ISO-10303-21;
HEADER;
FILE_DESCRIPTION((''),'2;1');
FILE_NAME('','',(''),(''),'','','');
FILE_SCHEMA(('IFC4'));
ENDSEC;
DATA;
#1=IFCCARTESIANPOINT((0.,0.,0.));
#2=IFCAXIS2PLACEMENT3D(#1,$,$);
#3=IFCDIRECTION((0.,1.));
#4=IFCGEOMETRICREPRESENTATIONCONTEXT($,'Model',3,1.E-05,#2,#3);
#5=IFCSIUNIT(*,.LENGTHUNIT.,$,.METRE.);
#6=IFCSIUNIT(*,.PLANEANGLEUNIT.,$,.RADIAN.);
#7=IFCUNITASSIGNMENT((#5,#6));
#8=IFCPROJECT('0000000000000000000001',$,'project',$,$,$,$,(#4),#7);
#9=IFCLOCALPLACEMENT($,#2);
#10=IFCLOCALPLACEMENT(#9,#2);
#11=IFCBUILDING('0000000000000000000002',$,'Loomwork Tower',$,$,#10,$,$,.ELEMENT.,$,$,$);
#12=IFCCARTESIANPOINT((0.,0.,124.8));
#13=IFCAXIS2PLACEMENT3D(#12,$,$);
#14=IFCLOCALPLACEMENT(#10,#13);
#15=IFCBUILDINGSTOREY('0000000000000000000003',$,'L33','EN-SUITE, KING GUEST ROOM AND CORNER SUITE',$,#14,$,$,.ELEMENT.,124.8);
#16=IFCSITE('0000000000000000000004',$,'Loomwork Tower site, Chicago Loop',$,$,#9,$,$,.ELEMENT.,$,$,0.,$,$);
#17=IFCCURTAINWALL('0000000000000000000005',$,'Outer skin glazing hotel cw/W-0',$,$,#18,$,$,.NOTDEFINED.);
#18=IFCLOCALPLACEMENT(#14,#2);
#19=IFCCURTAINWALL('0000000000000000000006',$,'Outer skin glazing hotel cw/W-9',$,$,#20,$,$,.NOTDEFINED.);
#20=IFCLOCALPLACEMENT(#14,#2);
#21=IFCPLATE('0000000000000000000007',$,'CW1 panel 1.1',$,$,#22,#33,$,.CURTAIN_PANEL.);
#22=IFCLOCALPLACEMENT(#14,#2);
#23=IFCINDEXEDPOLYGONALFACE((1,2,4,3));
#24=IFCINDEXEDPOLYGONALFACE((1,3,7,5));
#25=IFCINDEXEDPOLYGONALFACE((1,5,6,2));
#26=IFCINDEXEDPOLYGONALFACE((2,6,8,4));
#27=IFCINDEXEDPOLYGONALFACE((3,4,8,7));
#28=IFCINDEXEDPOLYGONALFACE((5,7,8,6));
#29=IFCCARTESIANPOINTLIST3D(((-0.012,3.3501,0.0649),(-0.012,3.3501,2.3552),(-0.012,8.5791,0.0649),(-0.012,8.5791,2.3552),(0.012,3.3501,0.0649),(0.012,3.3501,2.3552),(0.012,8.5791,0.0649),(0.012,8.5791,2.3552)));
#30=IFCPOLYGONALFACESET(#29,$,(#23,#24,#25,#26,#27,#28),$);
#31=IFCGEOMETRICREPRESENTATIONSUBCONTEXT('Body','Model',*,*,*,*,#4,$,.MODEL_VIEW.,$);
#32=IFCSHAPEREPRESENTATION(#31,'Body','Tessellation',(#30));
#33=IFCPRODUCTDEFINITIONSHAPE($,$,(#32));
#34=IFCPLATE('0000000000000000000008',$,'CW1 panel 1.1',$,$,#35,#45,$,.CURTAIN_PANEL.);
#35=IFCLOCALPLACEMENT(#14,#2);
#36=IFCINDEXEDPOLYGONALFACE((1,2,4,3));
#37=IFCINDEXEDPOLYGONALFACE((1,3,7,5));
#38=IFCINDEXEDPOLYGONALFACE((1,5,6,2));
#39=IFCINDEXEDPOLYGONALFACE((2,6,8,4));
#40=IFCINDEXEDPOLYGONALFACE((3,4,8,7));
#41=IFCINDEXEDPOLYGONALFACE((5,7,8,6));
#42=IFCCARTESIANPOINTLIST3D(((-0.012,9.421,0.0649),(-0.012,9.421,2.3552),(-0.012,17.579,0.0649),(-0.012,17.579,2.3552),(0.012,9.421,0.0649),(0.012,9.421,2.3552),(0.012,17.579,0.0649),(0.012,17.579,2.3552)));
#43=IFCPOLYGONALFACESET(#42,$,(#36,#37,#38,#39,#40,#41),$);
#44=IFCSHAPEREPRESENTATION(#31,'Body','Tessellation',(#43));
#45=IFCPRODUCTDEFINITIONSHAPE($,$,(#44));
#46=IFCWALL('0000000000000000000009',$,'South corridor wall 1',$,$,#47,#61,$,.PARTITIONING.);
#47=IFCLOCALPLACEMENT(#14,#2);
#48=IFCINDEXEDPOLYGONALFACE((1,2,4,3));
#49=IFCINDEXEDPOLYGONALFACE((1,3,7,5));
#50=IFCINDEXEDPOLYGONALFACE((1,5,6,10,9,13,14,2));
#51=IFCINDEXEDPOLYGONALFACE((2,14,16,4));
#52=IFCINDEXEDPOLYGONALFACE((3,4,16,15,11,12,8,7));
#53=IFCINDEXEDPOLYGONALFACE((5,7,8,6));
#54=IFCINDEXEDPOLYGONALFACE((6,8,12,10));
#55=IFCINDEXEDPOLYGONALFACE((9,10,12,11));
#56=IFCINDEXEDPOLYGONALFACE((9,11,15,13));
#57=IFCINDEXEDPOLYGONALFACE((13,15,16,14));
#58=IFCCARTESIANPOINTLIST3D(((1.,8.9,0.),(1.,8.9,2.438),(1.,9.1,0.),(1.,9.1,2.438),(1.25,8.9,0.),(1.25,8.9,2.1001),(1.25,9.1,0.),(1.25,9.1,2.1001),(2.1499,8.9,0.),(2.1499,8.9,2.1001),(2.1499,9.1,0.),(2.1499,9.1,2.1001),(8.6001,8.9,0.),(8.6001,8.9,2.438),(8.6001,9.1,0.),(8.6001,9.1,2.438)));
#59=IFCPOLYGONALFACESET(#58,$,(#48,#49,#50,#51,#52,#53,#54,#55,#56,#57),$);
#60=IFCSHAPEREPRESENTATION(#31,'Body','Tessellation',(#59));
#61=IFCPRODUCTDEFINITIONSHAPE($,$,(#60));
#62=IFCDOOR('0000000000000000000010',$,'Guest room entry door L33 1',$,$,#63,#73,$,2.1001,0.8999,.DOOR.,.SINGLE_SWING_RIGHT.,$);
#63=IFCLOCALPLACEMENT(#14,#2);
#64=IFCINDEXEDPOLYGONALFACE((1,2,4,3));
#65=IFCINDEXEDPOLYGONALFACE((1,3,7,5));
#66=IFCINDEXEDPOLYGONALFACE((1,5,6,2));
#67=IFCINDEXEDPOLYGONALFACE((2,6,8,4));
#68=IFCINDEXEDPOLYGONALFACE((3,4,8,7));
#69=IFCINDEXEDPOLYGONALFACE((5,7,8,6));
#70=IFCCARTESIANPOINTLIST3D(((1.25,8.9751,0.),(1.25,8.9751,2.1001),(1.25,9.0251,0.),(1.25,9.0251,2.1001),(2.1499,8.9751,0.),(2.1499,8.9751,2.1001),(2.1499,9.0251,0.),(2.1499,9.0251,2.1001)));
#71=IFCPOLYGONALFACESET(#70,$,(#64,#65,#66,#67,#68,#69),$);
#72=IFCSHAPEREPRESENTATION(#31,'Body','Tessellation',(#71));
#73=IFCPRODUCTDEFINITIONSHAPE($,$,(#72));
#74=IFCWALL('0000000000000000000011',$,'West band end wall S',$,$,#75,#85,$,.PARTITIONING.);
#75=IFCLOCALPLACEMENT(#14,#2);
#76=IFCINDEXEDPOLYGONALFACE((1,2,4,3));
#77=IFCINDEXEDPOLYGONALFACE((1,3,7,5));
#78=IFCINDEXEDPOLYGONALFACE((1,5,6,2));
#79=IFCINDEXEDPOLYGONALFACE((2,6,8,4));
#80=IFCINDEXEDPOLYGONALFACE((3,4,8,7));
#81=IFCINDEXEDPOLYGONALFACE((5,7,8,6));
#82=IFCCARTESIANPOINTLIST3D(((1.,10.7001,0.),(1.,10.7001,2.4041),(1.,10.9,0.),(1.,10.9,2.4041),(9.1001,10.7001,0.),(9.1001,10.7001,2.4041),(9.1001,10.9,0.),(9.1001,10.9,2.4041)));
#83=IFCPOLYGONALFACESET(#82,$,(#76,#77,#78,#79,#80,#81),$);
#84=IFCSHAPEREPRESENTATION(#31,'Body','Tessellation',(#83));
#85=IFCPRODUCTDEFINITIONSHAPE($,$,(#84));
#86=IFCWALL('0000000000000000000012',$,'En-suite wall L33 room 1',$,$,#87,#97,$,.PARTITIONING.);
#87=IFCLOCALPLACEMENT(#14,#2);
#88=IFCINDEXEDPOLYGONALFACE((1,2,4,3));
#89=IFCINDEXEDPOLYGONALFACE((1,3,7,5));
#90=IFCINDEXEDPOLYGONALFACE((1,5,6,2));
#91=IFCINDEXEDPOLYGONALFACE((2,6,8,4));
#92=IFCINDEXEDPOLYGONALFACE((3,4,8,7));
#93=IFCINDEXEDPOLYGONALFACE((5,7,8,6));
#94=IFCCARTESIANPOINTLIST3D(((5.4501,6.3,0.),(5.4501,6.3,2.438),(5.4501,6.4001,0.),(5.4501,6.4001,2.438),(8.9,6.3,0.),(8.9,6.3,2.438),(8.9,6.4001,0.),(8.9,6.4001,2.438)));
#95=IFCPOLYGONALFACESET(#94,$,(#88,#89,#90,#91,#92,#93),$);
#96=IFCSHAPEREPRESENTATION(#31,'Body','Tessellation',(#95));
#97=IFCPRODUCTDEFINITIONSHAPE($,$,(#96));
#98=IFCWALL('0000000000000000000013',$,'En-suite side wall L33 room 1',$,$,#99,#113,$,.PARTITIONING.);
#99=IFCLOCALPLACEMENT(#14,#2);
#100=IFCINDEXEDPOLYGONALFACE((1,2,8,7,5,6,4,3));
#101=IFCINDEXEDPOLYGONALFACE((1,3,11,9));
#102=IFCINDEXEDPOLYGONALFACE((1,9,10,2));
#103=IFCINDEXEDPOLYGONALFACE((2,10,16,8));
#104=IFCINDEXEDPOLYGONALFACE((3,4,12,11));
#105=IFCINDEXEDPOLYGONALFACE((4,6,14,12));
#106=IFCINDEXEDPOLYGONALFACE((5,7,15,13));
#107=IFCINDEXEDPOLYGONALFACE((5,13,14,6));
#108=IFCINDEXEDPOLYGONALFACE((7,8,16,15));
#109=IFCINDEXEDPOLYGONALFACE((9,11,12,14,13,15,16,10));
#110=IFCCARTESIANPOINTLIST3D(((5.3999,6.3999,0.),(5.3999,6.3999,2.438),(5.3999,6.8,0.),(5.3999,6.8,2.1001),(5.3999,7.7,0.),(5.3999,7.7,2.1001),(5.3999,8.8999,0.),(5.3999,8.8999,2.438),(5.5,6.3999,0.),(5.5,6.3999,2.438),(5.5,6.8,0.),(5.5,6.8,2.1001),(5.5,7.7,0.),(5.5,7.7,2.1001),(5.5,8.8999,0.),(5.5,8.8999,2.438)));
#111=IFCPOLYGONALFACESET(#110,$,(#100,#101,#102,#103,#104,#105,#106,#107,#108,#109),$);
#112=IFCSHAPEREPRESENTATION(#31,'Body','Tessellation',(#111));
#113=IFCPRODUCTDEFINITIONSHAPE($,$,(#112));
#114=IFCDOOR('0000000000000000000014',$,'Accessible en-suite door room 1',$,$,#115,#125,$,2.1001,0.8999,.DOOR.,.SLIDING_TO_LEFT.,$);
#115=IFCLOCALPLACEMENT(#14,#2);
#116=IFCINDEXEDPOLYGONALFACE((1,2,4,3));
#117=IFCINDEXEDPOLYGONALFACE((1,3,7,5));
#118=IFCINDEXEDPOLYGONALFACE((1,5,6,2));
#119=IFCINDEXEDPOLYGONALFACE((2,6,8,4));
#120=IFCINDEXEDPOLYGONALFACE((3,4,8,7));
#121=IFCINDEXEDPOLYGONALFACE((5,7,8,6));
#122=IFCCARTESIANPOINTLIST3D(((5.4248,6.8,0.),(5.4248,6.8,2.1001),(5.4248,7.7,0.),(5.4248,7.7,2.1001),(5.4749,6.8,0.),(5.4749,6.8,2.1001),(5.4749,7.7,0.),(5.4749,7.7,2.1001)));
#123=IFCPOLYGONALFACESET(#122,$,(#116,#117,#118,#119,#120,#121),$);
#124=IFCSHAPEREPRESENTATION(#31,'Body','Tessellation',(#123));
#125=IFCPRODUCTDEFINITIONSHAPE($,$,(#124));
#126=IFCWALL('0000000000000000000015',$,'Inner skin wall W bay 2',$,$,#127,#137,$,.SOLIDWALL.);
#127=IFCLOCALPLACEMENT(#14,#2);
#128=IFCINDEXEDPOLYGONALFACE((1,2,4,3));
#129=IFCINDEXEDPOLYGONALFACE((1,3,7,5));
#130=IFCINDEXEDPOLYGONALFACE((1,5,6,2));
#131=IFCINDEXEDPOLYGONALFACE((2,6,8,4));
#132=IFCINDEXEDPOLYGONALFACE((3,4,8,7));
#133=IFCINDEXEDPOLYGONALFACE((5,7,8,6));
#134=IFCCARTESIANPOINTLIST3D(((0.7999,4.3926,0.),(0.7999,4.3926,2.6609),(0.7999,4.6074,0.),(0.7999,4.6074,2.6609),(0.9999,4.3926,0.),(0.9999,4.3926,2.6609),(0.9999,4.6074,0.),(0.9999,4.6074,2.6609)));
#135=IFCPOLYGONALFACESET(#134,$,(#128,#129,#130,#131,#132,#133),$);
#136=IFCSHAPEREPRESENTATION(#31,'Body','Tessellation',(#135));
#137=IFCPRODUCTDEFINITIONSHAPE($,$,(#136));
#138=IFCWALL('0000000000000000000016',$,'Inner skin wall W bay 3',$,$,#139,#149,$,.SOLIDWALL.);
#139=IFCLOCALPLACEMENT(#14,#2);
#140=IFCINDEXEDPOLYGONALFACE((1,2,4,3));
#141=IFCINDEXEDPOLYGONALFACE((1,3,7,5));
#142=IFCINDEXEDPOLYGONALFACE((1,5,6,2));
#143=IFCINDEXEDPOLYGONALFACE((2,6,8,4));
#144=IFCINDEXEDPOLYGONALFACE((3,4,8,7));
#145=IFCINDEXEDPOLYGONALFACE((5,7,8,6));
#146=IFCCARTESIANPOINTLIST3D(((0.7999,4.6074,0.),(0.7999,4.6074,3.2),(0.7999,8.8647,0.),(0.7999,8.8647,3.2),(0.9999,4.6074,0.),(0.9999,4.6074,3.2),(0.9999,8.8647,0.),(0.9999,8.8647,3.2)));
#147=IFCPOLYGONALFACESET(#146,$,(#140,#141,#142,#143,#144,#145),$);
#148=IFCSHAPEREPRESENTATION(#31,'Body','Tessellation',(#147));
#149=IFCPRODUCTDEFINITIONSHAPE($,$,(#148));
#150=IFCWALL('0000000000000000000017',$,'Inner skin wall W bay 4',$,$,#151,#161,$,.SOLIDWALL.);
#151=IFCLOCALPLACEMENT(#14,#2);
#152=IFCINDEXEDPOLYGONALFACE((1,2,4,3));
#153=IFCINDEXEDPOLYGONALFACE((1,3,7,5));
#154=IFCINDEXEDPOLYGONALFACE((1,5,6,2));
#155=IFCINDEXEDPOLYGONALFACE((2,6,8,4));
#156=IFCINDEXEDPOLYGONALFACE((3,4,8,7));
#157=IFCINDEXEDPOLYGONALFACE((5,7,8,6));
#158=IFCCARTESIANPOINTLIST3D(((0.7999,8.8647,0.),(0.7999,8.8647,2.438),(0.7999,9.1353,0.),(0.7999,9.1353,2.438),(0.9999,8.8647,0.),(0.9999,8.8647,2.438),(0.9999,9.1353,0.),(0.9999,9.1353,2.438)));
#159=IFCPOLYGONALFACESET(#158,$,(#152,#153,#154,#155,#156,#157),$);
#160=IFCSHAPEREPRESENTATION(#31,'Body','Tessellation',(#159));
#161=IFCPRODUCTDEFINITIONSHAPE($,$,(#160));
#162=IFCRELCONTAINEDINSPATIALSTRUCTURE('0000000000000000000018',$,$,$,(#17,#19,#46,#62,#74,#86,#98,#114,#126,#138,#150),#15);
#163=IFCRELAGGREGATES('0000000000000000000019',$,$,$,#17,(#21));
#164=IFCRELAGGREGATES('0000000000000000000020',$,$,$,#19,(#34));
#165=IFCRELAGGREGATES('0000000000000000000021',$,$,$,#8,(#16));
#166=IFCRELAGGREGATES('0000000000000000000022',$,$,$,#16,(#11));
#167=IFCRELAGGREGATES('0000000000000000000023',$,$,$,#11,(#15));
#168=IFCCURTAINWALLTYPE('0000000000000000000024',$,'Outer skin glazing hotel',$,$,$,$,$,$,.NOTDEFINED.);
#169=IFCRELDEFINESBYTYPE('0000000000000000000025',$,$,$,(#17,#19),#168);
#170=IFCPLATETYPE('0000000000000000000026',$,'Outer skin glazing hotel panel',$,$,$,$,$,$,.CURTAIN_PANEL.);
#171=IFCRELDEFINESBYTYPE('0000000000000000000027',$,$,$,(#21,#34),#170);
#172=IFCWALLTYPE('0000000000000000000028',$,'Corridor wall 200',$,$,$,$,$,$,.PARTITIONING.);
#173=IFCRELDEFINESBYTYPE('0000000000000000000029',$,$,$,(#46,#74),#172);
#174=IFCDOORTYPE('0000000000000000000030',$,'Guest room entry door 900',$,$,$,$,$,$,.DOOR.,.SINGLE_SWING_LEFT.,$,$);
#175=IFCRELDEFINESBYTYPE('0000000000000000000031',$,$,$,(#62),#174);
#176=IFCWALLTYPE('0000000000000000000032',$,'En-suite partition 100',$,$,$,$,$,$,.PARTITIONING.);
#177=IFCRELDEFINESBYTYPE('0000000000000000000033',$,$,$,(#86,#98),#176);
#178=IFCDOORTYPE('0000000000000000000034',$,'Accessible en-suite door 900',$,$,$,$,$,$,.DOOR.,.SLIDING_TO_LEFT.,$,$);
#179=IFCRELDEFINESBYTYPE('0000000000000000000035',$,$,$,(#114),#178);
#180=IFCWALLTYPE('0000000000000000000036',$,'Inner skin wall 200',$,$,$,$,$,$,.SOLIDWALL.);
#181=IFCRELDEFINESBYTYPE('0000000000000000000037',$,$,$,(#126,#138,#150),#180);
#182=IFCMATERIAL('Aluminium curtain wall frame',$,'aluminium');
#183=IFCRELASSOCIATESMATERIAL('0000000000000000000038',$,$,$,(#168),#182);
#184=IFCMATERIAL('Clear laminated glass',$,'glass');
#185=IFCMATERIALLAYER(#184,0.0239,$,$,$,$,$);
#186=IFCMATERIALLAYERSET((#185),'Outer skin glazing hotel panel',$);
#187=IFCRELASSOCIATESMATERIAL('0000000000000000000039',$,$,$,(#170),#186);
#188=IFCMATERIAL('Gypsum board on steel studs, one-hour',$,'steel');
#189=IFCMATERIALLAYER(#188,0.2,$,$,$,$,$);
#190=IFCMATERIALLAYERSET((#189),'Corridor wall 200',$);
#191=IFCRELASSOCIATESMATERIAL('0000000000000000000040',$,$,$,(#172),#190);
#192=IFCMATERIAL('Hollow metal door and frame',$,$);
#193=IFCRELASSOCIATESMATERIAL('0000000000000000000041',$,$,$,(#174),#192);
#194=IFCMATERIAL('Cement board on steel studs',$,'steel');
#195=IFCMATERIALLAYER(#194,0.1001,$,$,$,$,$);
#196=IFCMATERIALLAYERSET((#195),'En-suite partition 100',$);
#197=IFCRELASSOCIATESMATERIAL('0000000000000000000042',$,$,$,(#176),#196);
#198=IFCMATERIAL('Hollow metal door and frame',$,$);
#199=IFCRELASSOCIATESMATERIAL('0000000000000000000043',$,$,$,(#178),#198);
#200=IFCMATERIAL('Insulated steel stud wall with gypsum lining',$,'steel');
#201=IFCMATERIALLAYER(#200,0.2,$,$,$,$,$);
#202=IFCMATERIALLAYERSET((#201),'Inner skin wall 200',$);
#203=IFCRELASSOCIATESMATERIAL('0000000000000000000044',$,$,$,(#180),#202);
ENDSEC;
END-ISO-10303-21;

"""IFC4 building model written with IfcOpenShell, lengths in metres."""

from ifc_helpers import new_model, si_unit, direction, frame, frame_2d, origin, origin_2d, place, context, subcontext, project, spatial, rectangle, extrude, material, layer, layer_set, type_object, element, fill, aggregate, save


model = new_model("IFC4")

# Units and contexts
model_context = context("Model", 3, precision=1e-05, world=origin(), true_north=direction((0.0, 1.0)))
body_context = subcontext(model_context, "Body", "Model", "MODEL_VIEW")
ifc_project = project(units=[si_unit("LENGTHUNIT", "METRE"), si_unit("PLANEANGLEUNIT", "RADIAN")], contexts=[model_context])

# Site, building, storey
site_placement = place(None, origin())
site = spatial("IfcSite", under=ifc_project, at=site_placement, Name="Loomwork Tower site, Chicago Loop", CompositionType="ELEMENT", RefElevation=0.0)
building_placement = place(site_placement, origin())
building = spatial("IfcBuilding", under=site, at=building_placement, Name="Loomwork Tower", CompositionType="ELEMENT")
storey_placement = place(building_placement, frame((0.0, 0.0, 124.8)))
storey = spatial("IfcBuildingStorey", under=building, at=storey_placement, Name="L33", Description="EN-SUITE, KING GUEST ROOM AND CORNER SUITE", CompositionType="ELEMENT", Elevation=124.8)

# Curtain wall
ifc_material_1 = material(Name="Aluminium curtain wall frame", Category="aluminium")
curtain_wall_type = type_object("IfcCurtainWallType", Name="Outer skin glazing hotel", PredefinedType="NOTDEFINED", material=ifc_material_1)
curtain_wall_1_placement = place(storey_placement, origin())
curtain_wall_1 = element("IfcCurtainWall", 1, at=curtain_wall_1_placement, inside=storey, type_object=curtain_wall_type, Name="Outer skin glazing hotel cw/W-0", PredefinedType="NOTDEFINED")

# Curtain wall
curtain_wall_2_placement = place(storey_placement, origin())
curtain_wall_2 = element("IfcCurtainWall", 2, at=curtain_wall_2_placement, inside=storey, type_object=curtain_wall_type, Name="Outer skin glazing hotel cw/W-9", PredefinedType="NOTDEFINED")

# Plates
ifc_material_2 = material(Name="Clear laminated glass", Category="glass")
ifc_layer_1 = layer(ifc_material_2, 0.0239)
ifc_layer_set_1 = layer_set([ifc_layer_1], Name="Outer skin glazing hotel panel")
plate_type = type_object("IfcPlateType", Name="Outer skin glazing hotel panel", PredefinedType="CURTAIN_PANEL", material=ifc_layer_set_1)
plate_1_placement = place(storey_placement, frame((0.0, 5.9646, 0.0649), z_axis=(0.0, 0.0, 1.0), x_axis=(0.0, -1.0, 0.0)))
plate_1 = element("IfcPlate", 3, at=plate_1_placement, type_object=plate_type, Name="CW1 panel 1.1", PredefinedType="CURTAIN_PANEL", context=body_context, shape_type="SweptSolid", body=[
    extrude(rectangle(XDim=5.229, YDim=0.0239, at=origin_2d()), origin(), (0.0, 0.0, 1.0), 2.2903),
])
aggregate(curtain_wall_1, [plate_1])
plate_2_placement = place(storey_placement, frame((0.0, 13.5, 0.0649), z_axis=(0.0, 0.0, 1.0), x_axis=(0.0, -1.0, 0.0)))
plate_2 = element("IfcPlate", 4, at=plate_2_placement, type_object=plate_type, Name="CW1 panel 1.1", PredefinedType="CURTAIN_PANEL", context=body_context, shape_type="SweptSolid", body=[
    extrude(rectangle(XDim=8.158, YDim=0.0239, at=origin_2d()), origin(), (0.0, 0.0, 1.0), 2.2903),
])
aggregate(curtain_wall_2, [plate_2])

# Wall, opening, door
ifc_material_3 = material(Name="Gypsum board on steel studs, one-hour", Category="steel")
ifc_layer_2 = layer(ifc_material_3, 0.2)
ifc_layer_set_2 = layer_set([ifc_layer_2], Name="Corridor wall 200")
wall_type_1 = type_object("IfcWallType", Name="Corridor wall 200", PredefinedType="PARTITIONING", material=ifc_layer_set_2)
wall_1_placement = place(storey_placement, frame((1.0, 9.0, 0.0), z_axis=(0.0, 0.0, 1.0), x_axis=(1.0, 0.0, 0.0)))
wall_1 = element("IfcWall", 5, at=wall_1_placement, inside=storey, type_object=wall_type_1, Name="South corridor wall 1", PredefinedType="PARTITIONING", context=body_context, shape_type="SweptSolid", body=[
    extrude(rectangle(XDim=7.6001, YDim=0.2, at=frame_2d((3.8, 0.0))), origin(), (0.0, 0.0, 1.0), 2.438),
])
opening_1_placement = place(wall_1_placement, frame((0.25, 0.0, 0.0)))
opening_1 = element("IfcOpeningElement", 6, at=opening_1_placement, cuts=wall_1, PredefinedType="OPENING", context=body_context, shape_type="SweptSolid", body=[
    extrude(rectangle(XDim=0.8999, YDim=2.1001, at=frame_2d((0.45, 1.05))), frame((0.0, 0.1099, 0.0), z_axis=(0.0, -1.0, 0.0), x_axis=(1.0, 0.0, 0.0)), (0.0, 0.0, 1.0), 0.22),
])
ifc_material_4 = material(Name="Hollow metal door and frame")
door_type_1 = type_object("IfcDoorType", Name="Guest room entry door 900", OperationType="SINGLE_SWING_LEFT", PredefinedType="DOOR", material=ifc_material_4)
door_1_placement = place(opening_1_placement, frame((0.8999, 0.0, 0.0), z_axis=(0.0, 0.0, 1.0), x_axis=(-1.0, 0.0, 0.0)))
door_1 = element("IfcDoor", 7, at=door_1_placement, inside=storey, type_object=door_type_1, Name="Guest room entry door L33 1", OperationType="SINGLE_SWING_RIGHT", OverallHeight=2.1001, OverallWidth=0.8999, PredefinedType="DOOR", context=body_context, shape_type="SweptSolid", body=[
    extrude(rectangle(XDim=0.8999, YDim=2.1001, at=frame_2d((0.45, 1.05))), frame((0.0, 0.0249, 0.0), z_axis=(0.0, -1.0, 0.0), x_axis=(1.0, 0.0, 0.0)), (0.0, 0.0, 1.0), 0.05),
])
fill(opening_1, door_1)

# Walls
wall_2_placement = place(storey_placement, frame((1.0, 10.8, 0.0), z_axis=(0.0, 0.0, 1.0), x_axis=(1.0, 0.0, 0.0)))
element("IfcWall", 8, at=wall_2_placement, inside=storey, type_object=wall_type_1, Name="West band end wall S", PredefinedType="PARTITIONING", context=body_context, shape_type="SweptSolid", body=[
    extrude(rectangle(XDim=8.1001, YDim=0.2, at=frame_2d((4.05, 0.0))), origin(), (0.0, 0.0, 1.0), 2.4041),
])
ifc_material_5 = material(Name="Cement board on steel studs", Category="steel")
ifc_layer_3 = layer(ifc_material_5, 0.1001)
ifc_layer_set_3 = layer_set([ifc_layer_3], Name="En-suite partition 100")
wall_type_2 = type_object("IfcWallType", Name="En-suite partition 100", PredefinedType="PARTITIONING", material=ifc_layer_set_3)
wall_3_placement = place(storey_placement, frame((5.45, 6.3501, 0.0), z_axis=(0.0, 0.0, 1.0), x_axis=(1.0, 0.0, 0.0)))
element("IfcWall", 9, at=wall_3_placement, inside=storey, type_object=wall_type_2, Name="En-suite wall L33 room 1", PredefinedType="PARTITIONING", context=body_context, shape_type="SweptSolid", body=[
    extrude(rectangle(XDim=3.45, YDim=0.1001, at=frame_2d((1.7251, 0.0))), origin(), (0.0, 0.0, 1.0), 2.438),
])

# Wall, opening, door
wall_4_placement = place(storey_placement, frame((5.45, 8.8999, 0.0), z_axis=(0.0, 0.0, 1.0), x_axis=(0.0, -1.0, 0.0)))
wall_4 = element("IfcWall", 10, at=wall_4_placement, inside=storey, type_object=wall_type_2, Name="En-suite side wall L33 room 1", PredefinedType="PARTITIONING", context=body_context, shape_type="SweptSolid", body=[
    extrude(rectangle(XDim=2.5, YDim=0.1001, at=frame_2d((1.25, 0.0))), origin(), (0.0, 0.0, 1.0), 2.438),
])
opening_2_placement = place(wall_4_placement, frame((1.2, 0.0, 0.0)))
opening_2 = element("IfcOpeningElement", 11, at=opening_2_placement, cuts=wall_4, PredefinedType="OPENING", context=body_context, shape_type="SweptSolid", body=[
    extrude(rectangle(XDim=0.8999, YDim=2.1001, at=frame_2d((0.45, 1.05))), frame((0.0, 0.0601, 0.0), z_axis=(0.0, -1.0, 0.0), x_axis=(1.0, 0.0, 0.0)), (0.0, 0.0, 1.0), 0.1201),
])
ifc_material_6 = material(Name="Hollow metal door and frame")
door_type_2 = type_object("IfcDoorType", Name="Accessible en-suite door 900", OperationType="SLIDING_TO_LEFT", PredefinedType="DOOR", material=ifc_material_6)
door_2_placement = place(opening_2_placement, origin())
door_2 = element("IfcDoor", 12, at=door_2_placement, inside=storey, type_object=door_type_2, Name="Accessible en-suite door room 1", OperationType="SLIDING_TO_LEFT", OverallHeight=2.1001, OverallWidth=0.8999, PredefinedType="DOOR", context=body_context, shape_type="SweptSolid", body=[
    extrude(rectangle(XDim=0.8999, YDim=2.1001, at=frame_2d((0.45, 1.05))), frame((0.0, 0.0249, 0.0), z_axis=(0.0, -1.0, 0.0), x_axis=(1.0, 0.0, 0.0)), (0.0, 0.0, 1.0), 0.05),
])
fill(opening_2, door_2)

# Walls
ifc_material_7 = material(Name="Insulated steel stud wall with gypsum lining", Category="steel")
ifc_layer_4 = layer(ifc_material_7, 0.2)
ifc_layer_set_4 = layer_set([ifc_layer_4], Name="Inner skin wall 200")
wall_type_3 = type_object("IfcWallType", Name="Inner skin wall 200", PredefinedType="SOLIDWALL", material=ifc_layer_set_4)
wall_5_placement = place(storey_placement, frame((0.8999, 4.3926, 0.0), z_axis=(0.0, 0.0, 1.0), x_axis=(0.0, 1.0, 0.0)))
element("IfcWall", 13, at=wall_5_placement, inside=storey, type_object=wall_type_3, Name="Inner skin wall W bay 2", PredefinedType="SOLIDWALL", context=body_context, shape_type="SweptSolid", body=[
    extrude(rectangle(XDim=0.2148, YDim=0.2, at=frame_2d((0.1074, 0.0))), origin(), (0.0, 0.0, 1.0), 2.6609),
])
wall_6_placement = place(storey_placement, frame((0.8999, 4.6074, 0.0), z_axis=(0.0, 0.0, 1.0), x_axis=(0.0, 1.0, 0.0)))
element("IfcWall", 14, at=wall_6_placement, inside=storey, type_object=wall_type_3, Name="Inner skin wall W bay 3", PredefinedType="SOLIDWALL", context=body_context, shape_type="SweptSolid", body=[
    extrude(rectangle(XDim=4.2573, YDim=0.2, at=frame_2d((2.1287, 0.0))), origin(), (0.0, 0.0, 1.0), 3.2),
])
wall_7_placement = place(storey_placement, frame((0.8999, 8.8647, 0.0), z_axis=(0.0, 0.0, 1.0), x_axis=(0.0, 1.0, 0.0)))
element("IfcWall", 15, at=wall_7_placement, inside=storey, type_object=wall_type_3, Name="Inner skin wall W bay 4", PredefinedType="SOLIDWALL", context=body_context, shape_type="SweptSolid", body=[
    extrude(rectangle(XDim=0.2705, YDim=0.2, at=frame_2d((0.1353, 0.0))), origin(), (0.0, 0.0, 1.0), 2.438),
])

save(model, "model.ifc")
